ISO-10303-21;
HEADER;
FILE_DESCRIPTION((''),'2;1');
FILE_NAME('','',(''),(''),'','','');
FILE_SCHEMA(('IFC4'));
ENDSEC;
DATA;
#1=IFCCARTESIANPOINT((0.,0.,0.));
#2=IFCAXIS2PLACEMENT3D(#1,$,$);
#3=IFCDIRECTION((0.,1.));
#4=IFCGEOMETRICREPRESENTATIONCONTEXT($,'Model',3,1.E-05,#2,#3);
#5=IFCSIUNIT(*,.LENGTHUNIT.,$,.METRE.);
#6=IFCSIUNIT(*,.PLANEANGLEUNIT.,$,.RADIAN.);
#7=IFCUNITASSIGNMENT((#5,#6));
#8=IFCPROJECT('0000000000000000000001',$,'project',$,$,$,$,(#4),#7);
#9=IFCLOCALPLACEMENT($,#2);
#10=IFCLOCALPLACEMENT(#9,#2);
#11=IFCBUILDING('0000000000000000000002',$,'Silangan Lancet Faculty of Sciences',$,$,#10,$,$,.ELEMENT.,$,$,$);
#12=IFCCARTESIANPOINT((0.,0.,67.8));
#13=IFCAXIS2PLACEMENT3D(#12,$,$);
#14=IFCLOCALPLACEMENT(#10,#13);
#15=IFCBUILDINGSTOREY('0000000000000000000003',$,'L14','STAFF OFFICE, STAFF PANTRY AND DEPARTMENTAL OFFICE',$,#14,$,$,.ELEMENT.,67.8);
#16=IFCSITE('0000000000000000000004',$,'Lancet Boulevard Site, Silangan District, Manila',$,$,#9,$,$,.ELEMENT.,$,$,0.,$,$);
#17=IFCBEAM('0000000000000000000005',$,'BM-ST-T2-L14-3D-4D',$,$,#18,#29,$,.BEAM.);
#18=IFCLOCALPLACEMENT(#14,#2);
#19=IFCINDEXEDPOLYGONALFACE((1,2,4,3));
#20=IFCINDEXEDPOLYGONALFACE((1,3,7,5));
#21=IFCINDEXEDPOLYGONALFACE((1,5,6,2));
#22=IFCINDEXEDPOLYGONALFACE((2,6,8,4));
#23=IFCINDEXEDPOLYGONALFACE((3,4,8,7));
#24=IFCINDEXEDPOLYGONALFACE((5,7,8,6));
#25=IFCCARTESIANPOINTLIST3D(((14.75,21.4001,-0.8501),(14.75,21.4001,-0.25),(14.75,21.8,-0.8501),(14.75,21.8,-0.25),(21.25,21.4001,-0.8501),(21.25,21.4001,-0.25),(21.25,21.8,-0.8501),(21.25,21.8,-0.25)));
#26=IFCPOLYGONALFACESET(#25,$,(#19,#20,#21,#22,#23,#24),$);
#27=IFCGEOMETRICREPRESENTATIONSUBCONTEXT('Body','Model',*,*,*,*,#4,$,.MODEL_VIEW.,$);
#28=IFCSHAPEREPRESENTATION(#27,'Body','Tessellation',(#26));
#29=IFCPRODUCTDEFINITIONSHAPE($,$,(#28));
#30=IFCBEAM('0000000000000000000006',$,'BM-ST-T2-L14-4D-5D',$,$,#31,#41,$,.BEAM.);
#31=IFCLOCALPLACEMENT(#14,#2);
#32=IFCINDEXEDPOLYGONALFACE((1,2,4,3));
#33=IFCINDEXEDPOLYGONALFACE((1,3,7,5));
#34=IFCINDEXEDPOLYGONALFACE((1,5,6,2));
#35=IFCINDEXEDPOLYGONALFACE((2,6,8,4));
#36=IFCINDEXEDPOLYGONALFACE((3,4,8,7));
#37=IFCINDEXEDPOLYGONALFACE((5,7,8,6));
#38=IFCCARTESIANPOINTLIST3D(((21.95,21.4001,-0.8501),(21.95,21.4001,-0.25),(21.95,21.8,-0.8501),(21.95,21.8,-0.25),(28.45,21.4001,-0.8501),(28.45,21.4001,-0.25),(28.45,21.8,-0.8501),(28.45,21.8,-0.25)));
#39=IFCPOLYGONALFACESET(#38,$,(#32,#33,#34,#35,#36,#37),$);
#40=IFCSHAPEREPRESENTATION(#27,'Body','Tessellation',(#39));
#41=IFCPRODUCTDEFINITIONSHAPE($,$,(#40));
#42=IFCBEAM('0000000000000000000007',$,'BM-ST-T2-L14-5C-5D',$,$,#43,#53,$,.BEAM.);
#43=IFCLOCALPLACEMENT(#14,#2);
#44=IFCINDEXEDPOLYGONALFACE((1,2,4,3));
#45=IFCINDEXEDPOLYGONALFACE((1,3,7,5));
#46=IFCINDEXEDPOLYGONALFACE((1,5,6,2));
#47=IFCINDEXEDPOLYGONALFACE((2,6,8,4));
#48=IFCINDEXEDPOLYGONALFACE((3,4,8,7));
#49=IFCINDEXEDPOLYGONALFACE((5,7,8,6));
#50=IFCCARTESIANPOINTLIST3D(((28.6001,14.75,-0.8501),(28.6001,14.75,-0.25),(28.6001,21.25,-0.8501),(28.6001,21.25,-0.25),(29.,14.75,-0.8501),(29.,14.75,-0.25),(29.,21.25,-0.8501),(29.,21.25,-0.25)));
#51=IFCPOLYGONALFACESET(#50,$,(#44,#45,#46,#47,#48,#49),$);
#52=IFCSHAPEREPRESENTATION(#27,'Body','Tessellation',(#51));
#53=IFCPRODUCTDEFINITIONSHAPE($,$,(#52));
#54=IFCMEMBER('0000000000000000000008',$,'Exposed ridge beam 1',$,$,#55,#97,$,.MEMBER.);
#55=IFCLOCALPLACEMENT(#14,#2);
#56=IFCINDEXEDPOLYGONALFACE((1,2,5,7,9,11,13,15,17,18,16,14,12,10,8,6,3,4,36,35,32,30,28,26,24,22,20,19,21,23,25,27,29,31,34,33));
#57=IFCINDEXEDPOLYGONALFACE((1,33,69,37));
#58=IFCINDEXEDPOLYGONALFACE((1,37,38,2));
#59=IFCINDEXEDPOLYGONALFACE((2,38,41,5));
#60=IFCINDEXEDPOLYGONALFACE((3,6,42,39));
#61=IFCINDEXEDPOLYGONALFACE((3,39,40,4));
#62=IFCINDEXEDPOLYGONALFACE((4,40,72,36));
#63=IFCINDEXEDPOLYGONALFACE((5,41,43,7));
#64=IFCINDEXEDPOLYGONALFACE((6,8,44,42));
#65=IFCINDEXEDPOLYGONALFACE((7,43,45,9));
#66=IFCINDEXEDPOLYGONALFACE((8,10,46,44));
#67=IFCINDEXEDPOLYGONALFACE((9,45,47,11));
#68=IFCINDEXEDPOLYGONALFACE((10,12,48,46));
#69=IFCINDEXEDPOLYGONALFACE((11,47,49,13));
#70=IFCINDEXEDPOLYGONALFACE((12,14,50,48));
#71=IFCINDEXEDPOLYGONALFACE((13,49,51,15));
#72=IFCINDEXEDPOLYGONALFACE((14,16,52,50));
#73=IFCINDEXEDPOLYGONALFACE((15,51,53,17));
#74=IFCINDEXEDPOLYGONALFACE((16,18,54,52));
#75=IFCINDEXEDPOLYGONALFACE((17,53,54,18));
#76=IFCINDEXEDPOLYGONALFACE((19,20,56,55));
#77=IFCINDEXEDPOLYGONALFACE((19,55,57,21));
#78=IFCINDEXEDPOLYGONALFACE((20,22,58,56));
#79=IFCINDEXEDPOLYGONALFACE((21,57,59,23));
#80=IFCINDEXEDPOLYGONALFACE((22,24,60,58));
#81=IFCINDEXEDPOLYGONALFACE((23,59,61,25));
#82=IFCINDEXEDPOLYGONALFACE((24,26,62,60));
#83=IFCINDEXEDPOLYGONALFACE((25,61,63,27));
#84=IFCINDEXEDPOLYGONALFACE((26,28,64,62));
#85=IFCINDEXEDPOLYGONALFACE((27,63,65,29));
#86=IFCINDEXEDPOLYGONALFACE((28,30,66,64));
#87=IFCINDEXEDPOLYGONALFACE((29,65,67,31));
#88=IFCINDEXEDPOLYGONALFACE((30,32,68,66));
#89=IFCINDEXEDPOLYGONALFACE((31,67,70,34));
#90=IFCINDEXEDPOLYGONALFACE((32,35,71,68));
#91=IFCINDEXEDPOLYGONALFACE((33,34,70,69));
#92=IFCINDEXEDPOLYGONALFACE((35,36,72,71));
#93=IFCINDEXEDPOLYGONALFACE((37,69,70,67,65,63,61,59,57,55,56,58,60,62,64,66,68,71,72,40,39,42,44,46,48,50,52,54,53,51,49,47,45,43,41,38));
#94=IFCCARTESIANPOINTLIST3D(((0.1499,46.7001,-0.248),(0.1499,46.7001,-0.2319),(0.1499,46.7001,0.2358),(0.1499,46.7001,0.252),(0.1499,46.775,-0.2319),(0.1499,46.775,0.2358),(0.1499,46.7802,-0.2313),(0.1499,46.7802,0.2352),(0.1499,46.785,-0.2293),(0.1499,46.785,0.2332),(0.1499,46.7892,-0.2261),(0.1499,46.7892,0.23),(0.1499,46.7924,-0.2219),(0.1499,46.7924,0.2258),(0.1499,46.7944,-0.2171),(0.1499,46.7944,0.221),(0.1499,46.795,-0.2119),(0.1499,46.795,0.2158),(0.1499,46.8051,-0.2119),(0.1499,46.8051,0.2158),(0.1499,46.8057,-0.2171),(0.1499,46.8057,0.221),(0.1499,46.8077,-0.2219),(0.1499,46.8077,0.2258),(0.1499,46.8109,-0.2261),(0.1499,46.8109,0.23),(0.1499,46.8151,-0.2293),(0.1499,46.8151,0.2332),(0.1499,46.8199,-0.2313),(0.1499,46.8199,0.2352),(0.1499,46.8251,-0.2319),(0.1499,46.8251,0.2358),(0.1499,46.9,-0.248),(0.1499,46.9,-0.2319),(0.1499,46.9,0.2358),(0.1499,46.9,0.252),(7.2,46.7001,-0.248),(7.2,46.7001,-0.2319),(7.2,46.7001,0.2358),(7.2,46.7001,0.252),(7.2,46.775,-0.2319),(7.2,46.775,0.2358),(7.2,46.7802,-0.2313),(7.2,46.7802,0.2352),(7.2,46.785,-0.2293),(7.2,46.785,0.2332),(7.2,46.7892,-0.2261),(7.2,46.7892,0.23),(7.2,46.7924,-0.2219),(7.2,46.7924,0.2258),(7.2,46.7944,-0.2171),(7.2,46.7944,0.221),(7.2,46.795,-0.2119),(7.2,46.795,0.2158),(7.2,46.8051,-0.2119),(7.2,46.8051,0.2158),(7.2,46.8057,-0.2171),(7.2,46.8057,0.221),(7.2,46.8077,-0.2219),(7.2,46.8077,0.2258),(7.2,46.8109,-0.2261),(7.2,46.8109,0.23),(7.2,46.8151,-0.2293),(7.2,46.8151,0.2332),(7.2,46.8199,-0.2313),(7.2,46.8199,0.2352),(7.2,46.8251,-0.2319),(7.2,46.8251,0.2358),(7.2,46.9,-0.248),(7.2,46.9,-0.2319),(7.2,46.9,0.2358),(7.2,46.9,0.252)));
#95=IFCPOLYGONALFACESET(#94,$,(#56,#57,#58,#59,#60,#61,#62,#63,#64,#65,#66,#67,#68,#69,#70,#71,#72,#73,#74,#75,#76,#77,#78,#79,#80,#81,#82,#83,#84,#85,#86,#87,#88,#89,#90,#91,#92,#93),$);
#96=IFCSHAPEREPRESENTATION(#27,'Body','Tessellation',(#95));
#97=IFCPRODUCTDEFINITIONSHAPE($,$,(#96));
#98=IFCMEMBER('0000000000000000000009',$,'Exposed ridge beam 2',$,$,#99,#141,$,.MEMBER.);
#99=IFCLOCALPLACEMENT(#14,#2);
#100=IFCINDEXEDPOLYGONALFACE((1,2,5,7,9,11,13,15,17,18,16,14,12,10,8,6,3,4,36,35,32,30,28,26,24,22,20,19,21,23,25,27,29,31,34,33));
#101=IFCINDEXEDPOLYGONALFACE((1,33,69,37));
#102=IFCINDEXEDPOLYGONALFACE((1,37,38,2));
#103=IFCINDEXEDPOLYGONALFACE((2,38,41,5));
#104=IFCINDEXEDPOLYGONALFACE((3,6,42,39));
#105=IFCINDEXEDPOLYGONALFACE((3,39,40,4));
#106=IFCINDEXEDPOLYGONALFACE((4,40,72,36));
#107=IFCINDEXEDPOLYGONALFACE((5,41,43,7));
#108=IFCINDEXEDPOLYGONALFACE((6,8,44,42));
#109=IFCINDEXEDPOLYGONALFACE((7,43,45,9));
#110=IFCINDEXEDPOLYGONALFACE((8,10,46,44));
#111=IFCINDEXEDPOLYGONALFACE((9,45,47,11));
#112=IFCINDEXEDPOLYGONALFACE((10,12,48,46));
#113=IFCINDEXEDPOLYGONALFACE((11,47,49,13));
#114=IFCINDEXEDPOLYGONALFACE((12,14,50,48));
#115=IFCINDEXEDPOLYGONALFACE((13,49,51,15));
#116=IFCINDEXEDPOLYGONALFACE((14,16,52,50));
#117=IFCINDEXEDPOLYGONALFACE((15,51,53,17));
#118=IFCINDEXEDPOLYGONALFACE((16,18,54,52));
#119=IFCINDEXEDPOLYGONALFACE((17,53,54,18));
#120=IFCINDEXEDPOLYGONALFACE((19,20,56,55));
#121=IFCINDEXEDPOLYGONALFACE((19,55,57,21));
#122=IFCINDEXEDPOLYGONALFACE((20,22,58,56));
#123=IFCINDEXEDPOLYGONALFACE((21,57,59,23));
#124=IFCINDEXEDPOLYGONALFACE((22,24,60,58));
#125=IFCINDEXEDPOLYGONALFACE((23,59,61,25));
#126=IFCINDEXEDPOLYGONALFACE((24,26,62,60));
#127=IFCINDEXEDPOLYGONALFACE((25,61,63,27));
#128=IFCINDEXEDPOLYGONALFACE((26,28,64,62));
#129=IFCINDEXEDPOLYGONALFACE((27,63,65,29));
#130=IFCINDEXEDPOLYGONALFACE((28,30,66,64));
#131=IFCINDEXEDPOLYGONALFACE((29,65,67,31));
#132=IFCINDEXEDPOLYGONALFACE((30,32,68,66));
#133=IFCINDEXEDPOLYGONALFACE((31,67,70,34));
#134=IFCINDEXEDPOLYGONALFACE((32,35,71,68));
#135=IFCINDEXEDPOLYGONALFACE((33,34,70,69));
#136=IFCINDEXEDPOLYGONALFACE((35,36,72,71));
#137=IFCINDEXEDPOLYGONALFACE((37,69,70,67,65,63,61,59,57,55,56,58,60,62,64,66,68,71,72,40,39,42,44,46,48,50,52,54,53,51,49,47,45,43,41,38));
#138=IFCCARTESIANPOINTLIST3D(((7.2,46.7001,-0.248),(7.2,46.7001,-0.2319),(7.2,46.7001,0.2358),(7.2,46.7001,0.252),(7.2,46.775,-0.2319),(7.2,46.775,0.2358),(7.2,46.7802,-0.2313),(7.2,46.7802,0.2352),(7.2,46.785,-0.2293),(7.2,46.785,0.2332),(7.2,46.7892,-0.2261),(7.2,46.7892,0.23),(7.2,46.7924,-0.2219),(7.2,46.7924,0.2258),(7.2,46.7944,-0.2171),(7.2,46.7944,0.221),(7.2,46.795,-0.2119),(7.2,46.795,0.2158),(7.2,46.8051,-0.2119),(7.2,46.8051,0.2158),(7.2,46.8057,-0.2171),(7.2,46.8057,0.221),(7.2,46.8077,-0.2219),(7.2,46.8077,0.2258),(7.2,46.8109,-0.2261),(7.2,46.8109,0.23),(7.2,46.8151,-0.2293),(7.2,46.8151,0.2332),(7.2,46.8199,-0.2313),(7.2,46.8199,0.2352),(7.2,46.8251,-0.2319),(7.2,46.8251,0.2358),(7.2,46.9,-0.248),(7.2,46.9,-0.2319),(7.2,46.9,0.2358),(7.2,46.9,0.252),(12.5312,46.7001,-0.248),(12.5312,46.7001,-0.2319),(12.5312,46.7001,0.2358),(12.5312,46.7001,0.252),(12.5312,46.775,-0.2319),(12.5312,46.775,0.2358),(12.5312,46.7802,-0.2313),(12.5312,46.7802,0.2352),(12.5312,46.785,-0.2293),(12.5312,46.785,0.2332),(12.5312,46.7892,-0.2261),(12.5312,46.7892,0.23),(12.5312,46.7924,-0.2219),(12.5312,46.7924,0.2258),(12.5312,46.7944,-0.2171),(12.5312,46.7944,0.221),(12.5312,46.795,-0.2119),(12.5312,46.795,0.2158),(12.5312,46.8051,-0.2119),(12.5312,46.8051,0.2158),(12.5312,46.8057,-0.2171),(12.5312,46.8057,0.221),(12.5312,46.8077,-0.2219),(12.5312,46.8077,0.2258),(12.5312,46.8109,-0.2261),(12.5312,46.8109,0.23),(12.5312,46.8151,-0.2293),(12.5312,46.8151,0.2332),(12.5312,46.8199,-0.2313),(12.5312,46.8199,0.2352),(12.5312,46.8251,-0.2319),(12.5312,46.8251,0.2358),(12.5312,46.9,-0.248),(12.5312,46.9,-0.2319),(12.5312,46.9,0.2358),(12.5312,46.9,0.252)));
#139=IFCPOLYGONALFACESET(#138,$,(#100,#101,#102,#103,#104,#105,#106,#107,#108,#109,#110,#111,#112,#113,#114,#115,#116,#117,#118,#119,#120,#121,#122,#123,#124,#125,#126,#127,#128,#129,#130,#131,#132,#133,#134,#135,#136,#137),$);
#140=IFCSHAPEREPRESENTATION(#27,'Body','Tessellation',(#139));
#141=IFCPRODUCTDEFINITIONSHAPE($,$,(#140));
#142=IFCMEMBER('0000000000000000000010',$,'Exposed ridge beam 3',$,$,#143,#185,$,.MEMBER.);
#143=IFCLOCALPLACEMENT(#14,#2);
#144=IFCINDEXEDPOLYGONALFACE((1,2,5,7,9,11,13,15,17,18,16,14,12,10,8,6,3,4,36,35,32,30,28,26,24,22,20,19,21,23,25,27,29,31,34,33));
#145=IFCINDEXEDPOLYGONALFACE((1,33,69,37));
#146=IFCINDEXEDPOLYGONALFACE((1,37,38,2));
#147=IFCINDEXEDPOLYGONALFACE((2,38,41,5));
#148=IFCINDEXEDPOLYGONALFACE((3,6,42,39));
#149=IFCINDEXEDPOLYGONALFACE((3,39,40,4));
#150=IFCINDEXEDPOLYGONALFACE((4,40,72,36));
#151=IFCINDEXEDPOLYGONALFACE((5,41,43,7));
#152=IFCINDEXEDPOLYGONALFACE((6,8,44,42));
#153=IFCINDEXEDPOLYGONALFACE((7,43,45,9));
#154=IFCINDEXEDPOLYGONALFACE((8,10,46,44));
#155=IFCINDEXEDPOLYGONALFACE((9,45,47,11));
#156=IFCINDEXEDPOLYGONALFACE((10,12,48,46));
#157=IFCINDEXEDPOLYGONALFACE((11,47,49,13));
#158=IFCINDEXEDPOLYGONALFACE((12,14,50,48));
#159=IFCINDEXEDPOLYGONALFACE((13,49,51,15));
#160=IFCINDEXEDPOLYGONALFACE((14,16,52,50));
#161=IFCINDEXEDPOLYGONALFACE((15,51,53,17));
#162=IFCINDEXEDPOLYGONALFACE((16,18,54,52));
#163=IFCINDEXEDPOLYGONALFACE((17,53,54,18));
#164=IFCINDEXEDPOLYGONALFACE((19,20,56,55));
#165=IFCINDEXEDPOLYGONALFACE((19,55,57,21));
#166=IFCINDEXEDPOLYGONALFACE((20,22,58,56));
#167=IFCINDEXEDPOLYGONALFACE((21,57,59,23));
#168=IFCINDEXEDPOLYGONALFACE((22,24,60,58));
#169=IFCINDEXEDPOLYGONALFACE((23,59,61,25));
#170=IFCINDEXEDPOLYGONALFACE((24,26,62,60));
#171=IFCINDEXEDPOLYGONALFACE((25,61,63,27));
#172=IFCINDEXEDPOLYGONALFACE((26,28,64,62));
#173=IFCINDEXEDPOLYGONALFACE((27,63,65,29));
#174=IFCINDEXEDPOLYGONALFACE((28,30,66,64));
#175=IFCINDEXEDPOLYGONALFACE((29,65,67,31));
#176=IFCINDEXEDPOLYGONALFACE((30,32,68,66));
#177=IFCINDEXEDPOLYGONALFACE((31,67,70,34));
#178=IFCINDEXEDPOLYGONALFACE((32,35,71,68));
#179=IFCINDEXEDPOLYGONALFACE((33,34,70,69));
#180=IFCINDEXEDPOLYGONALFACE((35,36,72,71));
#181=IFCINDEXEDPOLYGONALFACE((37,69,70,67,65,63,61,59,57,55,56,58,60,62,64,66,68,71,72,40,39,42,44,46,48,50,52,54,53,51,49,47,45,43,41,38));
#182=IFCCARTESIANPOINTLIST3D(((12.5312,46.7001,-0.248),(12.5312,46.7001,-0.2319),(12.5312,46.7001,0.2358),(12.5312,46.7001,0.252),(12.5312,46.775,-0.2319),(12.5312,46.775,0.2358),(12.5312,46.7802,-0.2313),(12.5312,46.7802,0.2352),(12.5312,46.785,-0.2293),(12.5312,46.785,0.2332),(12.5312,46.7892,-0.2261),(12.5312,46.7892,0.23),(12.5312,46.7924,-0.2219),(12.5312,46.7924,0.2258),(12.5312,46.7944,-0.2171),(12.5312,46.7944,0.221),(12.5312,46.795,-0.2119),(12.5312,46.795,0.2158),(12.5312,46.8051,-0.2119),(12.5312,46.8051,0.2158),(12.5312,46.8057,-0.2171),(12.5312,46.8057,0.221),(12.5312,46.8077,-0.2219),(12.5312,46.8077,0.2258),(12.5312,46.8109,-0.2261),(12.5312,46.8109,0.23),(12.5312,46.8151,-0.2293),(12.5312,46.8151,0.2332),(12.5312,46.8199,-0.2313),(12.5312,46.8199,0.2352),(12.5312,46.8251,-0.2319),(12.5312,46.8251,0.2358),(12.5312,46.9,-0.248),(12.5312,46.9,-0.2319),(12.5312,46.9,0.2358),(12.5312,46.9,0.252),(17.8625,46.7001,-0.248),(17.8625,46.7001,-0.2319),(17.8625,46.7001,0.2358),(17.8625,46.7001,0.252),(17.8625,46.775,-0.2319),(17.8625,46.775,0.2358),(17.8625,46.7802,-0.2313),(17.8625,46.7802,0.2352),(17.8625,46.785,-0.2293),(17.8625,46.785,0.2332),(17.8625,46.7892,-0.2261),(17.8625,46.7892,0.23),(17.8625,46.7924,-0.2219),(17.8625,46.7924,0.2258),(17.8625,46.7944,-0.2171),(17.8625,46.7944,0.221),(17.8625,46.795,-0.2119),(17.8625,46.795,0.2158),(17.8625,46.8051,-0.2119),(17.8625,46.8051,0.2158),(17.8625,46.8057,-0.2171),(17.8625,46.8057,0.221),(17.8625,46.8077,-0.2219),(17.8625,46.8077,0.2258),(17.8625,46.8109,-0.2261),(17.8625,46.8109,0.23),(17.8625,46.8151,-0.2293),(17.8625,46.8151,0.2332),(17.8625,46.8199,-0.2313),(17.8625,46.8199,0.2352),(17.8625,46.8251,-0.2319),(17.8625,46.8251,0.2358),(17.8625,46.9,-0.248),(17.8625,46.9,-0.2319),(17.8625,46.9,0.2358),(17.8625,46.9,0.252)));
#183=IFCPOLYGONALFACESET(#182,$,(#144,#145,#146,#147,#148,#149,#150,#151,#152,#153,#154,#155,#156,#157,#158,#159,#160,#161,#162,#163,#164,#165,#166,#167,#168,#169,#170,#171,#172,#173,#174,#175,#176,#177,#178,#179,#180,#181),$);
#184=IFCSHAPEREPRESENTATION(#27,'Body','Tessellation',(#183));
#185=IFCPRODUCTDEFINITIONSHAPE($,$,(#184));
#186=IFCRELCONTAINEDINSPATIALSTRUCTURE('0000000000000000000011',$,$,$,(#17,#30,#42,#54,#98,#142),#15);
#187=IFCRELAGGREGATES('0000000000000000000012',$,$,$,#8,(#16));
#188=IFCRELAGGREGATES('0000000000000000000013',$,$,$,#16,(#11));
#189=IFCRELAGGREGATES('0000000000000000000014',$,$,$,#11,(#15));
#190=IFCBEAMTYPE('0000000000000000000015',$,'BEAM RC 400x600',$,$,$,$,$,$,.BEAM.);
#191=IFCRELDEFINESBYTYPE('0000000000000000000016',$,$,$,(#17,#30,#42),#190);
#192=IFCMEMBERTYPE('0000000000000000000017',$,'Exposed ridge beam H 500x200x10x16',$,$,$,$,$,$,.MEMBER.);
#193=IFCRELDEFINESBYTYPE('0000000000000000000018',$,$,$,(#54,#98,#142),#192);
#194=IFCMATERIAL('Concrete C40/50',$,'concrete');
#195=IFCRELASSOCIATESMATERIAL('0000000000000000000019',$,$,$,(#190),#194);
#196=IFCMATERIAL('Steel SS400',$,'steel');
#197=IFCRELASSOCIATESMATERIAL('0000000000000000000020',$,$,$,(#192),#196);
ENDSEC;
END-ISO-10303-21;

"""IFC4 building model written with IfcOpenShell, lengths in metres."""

from ifc_helpers import new_model, si_unit, direction, frame, origin, origin_2d, place, context, subcontext, project, spatial, rectangle, i_section, extrude, material, material_profile, profile_set, type_object, element, save


model = new_model("IFC4")

# Units and contexts
model_context = context("Model", 3, precision=1e-05, world=origin(), true_north=direction((0.0, 1.0)))
body_context = subcontext(model_context, "Body", "Model", "MODEL_VIEW")
ifc_project = project(units=[si_unit("LENGTHUNIT", "METRE"), si_unit("PLANEANGLEUNIT", "RADIAN")], contexts=[model_context])

# Site, building, storey
site_placement = place(None, origin())
site = spatial("IfcSite", under=ifc_project, at=site_placement, Name="Lancet Boulevard Site, Silangan District, Manila", CompositionType="ELEMENT", RefElevation=0.0)
building_placement = place(site_placement, origin())
building = spatial("IfcBuilding", under=site, at=building_placement, Name="Silangan Lancet Faculty of Sciences", CompositionType="ELEMENT")
storey_placement = place(building_placement, frame((0.0, 0.0, 67.8)))
storey = spatial("IfcBuildingStorey", under=building, at=storey_placement, Name="L14", Description="STAFF OFFICE, STAFF PANTRY AND DEPARTMENTAL OFFICE", CompositionType="ELEMENT", Elevation=67.8)

# Beams
ifc_material_1 = material(Name="Concrete C40/50", Category="concrete")
ifc_material_profile_1 = material_profile(ifc_material_1, rectangle(XDim=0.3999, YDim=0.6001, at=origin_2d()), Name="RC 400x600")
ifc_profile_set_1 = profile_set([ifc_material_profile_1], Name="Concrete C40/50")
beam_type = type_object("IfcBeamType", Name="BEAM RC 400x600", PredefinedType="BEAM", material=ifc_profile_set_1)
for number, where, z_axis, x_axis, name in (
    (1, (14.75, 21.6001, -0.55), (1.0, 0.0, 0.0), (0.0, 1.0, 0.0), "BM-ST-T2-L14-3D-4D"),
    (2, (21.95, 21.6001, -0.55), (1.0, 0.0, 0.0), (0.0, 1.0, 0.0), "BM-ST-T2-L14-4D-5D"),
    (3, (28.8, 14.75, -0.55), (0.0, 1.0, 0.0), (-1.0, 0.0, 0.0), "BM-ST-T2-L14-5C-5D"),
):
    element("IfcBeam", number, at=place(storey_placement, frame(where, z_axis=z_axis, x_axis=x_axis)), inside=storey, type_object=beam_type, Name=name, PredefinedType="BEAM", context=body_context, shape_type="SweptSolid", body=[
        extrude(rectangle(XDim=0.3999, YDim=0.6001, at=origin_2d()), origin(), (0.0, 0.0, 1.0), 6.5),
    ])

# Members
ifc_material_2 = material(Name="Steel SS400", Category="steel")
ifc_material_profile_2 = material_profile(ifc_material_2, i_section(OverallWidth=0.2, OverallDepth=0.5, WebThickness=0.01, FlangeThickness=0.0161, FilletRadius=0.02, at=origin_2d()), Name="H 500x200x10x16")
ifc_profile_set_2 = profile_set([ifc_material_profile_2], Name="Steel SS400")
member_type = type_object("IfcMemberType", Name="Exposed ridge beam H 500x200x10x16", PredefinedType="MEMBER", material=ifc_profile_set_2)
member_1_placement = place(storey_placement, frame((0.1499, 46.8, 0.002), z_axis=(1.0, 0.0, 0.0), x_axis=(0.0, 1.0, 0.0)))
element("IfcMember", 4, at=member_1_placement, inside=storey, type_object=member_type, Name="Exposed ridge beam 1", PredefinedType="MEMBER", context=body_context, shape_type="SweptSolid", body=[
    extrude(i_section(OverallWidth=0.2, OverallDepth=0.5, WebThickness=0.01, FlangeThickness=0.0161, FilletRadius=0.02, at=origin_2d()), origin(), (0.0, 0.0, 1.0), 7.05),
])
for number, where, z_axis, x_axis, name in (
    (5, (7.2, 46.8, 0.002), (1.0, 0.0, 0.0), (0.0, 1.0, 0.0), "Exposed ridge beam 2"),
    (6, (12.5312, 46.8, 0.002), (1.0, 0.0, 0.0), (0.0, 1.0, 0.0), "Exposed ridge beam 3"),
):
    element("IfcMember", number, at=place(storey_placement, frame(where, z_axis=z_axis, x_axis=x_axis)), inside=storey, type_object=member_type, Name=name, PredefinedType="MEMBER", context=body_context, shape_type="SweptSolid", body=[
        extrude(i_section(OverallWidth=0.2, OverallDepth=0.5, WebThickness=0.01, FlangeThickness=0.0161, FilletRadius=0.02, at=origin_2d()), origin(), (0.0, 0.0, 1.0), 5.3313),
    ])

save(model, "model.ifc")
